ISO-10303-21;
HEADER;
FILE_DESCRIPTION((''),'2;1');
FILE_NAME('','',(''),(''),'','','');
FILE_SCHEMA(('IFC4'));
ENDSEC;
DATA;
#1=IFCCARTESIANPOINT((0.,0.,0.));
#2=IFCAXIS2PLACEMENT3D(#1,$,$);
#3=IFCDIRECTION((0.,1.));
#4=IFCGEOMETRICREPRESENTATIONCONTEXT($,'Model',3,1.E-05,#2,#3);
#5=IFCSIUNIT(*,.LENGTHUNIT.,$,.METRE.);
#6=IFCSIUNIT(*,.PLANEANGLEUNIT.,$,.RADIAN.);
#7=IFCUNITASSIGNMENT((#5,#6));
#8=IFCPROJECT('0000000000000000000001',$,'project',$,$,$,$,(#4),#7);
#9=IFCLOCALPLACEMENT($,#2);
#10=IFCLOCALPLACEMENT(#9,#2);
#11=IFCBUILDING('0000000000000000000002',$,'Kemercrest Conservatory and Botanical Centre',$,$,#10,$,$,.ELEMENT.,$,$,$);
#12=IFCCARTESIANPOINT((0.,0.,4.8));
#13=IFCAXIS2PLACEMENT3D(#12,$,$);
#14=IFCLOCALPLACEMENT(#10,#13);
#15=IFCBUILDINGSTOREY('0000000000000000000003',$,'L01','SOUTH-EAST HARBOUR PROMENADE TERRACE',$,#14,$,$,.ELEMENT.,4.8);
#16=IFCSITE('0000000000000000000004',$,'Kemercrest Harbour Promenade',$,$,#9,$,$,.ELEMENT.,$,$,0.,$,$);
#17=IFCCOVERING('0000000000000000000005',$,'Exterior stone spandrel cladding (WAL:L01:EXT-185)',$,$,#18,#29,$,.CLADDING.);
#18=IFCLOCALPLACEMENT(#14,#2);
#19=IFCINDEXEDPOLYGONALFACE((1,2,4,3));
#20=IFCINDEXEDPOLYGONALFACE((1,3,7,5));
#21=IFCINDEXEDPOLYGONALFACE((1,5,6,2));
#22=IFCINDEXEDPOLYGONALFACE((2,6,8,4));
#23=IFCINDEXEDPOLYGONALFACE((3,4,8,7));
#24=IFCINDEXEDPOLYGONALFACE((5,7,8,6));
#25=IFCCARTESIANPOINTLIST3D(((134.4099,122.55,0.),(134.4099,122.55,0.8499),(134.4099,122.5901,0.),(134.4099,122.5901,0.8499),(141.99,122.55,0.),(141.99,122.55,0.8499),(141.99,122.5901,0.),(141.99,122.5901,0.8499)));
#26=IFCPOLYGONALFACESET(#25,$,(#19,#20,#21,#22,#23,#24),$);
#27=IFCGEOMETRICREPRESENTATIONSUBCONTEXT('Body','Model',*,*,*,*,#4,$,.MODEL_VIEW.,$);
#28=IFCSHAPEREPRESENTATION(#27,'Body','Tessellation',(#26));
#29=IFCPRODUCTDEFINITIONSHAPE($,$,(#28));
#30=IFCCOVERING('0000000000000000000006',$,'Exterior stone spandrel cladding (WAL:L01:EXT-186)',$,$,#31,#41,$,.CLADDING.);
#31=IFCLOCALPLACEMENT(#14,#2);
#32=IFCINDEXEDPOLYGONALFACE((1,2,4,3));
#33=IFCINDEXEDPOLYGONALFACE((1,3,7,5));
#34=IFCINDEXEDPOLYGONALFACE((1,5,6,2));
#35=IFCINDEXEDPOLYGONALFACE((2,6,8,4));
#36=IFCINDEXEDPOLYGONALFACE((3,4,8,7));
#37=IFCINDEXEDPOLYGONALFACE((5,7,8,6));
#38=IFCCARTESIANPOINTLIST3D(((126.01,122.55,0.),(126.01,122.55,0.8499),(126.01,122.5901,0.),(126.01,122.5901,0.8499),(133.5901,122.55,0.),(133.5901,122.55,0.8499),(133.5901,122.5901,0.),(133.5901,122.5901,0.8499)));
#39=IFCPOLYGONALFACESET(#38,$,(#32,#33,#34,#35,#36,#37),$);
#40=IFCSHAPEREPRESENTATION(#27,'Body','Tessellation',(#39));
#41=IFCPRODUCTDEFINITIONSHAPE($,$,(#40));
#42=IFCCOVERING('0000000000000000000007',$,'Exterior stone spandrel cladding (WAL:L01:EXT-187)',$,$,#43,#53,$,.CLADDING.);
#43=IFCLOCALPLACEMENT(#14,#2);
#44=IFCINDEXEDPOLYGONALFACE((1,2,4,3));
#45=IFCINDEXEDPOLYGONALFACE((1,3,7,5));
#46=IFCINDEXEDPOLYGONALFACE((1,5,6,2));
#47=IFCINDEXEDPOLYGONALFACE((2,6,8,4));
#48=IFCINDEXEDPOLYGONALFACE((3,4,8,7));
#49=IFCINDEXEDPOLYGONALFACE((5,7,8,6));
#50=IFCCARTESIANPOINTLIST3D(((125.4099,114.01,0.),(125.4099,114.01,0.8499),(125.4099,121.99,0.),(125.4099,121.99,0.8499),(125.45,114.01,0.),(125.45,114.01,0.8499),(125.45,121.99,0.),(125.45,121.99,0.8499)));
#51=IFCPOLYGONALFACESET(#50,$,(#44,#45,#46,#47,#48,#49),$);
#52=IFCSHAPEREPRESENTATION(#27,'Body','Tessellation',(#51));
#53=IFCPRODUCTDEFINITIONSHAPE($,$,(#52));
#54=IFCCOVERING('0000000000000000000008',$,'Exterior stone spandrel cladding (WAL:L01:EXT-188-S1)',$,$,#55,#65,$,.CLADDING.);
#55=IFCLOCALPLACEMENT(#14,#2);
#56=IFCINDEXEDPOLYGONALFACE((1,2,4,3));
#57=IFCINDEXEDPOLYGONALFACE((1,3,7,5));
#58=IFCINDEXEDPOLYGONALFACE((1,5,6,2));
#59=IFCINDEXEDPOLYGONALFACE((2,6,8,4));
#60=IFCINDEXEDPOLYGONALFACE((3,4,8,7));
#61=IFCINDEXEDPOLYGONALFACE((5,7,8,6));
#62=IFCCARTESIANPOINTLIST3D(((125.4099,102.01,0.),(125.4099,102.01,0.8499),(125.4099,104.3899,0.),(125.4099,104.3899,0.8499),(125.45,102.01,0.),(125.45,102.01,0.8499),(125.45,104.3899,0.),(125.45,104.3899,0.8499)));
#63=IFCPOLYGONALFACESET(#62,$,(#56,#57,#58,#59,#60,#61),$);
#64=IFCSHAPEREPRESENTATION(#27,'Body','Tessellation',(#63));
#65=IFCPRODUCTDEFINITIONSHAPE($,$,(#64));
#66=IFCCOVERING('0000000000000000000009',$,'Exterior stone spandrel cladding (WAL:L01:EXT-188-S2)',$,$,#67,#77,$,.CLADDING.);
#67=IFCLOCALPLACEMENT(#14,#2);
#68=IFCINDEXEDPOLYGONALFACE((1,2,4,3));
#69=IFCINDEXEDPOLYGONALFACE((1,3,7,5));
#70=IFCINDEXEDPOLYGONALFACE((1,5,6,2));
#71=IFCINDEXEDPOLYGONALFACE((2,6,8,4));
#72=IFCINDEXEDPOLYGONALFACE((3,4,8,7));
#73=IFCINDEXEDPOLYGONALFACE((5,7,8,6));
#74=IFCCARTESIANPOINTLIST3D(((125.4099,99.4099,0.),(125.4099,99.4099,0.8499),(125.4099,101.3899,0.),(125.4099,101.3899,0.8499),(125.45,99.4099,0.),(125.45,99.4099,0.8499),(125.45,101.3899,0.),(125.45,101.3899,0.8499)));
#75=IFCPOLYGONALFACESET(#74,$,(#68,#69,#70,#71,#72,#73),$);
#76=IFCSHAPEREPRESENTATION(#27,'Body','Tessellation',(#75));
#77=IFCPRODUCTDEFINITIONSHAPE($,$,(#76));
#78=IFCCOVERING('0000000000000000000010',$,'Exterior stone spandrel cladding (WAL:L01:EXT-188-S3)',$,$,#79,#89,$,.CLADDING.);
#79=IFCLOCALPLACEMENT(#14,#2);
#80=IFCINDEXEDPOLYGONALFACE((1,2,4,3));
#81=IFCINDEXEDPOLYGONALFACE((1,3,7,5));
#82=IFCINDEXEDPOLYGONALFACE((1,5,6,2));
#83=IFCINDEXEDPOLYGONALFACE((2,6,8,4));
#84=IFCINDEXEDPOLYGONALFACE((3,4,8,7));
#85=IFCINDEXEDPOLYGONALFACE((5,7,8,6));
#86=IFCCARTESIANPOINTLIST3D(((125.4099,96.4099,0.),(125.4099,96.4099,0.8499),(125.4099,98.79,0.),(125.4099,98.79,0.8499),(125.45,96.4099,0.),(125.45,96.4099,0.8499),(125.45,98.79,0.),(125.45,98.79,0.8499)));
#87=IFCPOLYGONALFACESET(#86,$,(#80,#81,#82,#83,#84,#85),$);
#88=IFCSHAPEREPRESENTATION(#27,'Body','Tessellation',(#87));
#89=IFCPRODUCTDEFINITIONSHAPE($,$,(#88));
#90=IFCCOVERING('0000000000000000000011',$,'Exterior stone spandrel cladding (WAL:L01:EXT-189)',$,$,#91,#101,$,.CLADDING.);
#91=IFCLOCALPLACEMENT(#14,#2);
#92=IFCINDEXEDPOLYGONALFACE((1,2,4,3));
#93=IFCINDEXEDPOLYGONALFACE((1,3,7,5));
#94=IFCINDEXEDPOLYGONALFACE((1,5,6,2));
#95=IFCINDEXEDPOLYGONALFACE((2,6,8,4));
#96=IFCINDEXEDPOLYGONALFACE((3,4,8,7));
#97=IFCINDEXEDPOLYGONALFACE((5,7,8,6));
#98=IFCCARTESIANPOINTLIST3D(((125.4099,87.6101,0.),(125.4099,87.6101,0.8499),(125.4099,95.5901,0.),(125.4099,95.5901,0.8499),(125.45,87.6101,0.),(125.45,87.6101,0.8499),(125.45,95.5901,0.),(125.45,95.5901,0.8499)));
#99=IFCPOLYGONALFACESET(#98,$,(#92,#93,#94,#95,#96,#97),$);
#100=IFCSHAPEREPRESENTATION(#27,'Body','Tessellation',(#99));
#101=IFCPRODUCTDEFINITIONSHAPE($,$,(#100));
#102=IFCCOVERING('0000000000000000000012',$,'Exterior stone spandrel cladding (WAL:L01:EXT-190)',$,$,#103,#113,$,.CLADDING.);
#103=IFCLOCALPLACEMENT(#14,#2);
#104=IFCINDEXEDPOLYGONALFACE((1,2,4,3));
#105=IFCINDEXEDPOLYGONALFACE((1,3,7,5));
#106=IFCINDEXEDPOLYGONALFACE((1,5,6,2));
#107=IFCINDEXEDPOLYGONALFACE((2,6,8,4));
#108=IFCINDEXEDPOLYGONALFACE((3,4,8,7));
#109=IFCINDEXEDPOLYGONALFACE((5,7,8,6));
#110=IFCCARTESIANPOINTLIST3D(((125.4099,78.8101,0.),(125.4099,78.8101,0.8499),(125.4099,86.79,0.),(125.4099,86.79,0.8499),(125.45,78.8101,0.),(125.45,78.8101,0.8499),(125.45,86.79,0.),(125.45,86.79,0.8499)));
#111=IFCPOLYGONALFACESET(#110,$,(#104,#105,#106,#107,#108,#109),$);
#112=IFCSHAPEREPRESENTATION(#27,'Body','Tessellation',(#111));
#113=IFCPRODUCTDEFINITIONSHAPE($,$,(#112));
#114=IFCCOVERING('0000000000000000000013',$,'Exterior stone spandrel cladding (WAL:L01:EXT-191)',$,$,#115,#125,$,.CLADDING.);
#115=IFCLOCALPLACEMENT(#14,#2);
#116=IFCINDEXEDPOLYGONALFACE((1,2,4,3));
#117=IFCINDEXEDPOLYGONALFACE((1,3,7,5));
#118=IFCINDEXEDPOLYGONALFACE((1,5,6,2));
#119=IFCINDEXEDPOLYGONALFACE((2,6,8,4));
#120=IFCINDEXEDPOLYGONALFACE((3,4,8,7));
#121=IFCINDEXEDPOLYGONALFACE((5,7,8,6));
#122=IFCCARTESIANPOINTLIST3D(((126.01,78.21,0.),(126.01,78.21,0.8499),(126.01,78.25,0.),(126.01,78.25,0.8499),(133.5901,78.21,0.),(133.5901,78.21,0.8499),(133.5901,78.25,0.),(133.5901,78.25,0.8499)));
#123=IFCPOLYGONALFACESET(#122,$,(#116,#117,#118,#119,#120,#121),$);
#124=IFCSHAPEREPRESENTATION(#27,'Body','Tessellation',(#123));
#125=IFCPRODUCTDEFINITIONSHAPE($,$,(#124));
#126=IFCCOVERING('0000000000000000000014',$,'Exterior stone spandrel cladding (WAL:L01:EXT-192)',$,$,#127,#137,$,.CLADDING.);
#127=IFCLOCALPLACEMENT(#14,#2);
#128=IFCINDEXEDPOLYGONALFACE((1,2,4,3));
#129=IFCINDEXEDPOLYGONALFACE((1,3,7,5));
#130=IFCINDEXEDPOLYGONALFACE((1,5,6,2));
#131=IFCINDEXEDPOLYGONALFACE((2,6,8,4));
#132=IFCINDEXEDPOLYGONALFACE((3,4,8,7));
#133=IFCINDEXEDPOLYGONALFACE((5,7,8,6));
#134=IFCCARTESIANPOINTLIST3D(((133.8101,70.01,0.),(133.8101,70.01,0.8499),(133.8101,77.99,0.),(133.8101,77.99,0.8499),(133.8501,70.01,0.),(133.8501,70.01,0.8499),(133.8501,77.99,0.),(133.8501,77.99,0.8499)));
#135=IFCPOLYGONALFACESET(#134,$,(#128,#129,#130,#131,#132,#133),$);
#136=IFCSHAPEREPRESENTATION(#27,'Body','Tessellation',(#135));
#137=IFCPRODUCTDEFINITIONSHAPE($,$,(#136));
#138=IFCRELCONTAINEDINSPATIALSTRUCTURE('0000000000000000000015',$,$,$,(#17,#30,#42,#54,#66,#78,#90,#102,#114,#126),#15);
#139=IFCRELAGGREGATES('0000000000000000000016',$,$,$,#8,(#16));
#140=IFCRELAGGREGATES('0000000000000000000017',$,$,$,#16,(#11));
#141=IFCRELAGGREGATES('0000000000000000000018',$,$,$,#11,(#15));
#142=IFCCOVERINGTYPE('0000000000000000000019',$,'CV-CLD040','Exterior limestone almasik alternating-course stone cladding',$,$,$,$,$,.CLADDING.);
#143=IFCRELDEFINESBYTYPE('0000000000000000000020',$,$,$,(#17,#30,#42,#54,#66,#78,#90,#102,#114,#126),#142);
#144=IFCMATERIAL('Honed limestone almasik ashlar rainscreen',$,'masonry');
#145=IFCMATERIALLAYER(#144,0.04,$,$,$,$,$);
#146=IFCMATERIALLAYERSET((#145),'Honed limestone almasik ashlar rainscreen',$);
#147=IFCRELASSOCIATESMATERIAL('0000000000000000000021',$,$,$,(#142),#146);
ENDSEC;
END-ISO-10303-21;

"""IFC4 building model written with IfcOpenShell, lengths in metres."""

from ifc_helpers import new_model, si_unit, direction, frame, origin, place, context, subcontext, project, spatial, polyline, outline, extrude, material, layer, layer_set, type_object, element, save


model = new_model("IFC4")

# Units and contexts
model_context = context("Model", 3, precision=1e-05, world=origin(), true_north=direction((0.0, 1.0)))
body_context = subcontext(model_context, "Body", "Model", "MODEL_VIEW")
ifc_project = project(units=[si_unit("LENGTHUNIT", "METRE"), si_unit("PLANEANGLEUNIT", "RADIAN")], contexts=[model_context])

# Site, building, storey
site_placement = place(None, origin())
site = spatial("IfcSite", under=ifc_project, at=site_placement, Name="Kemercrest Harbour Promenade", CompositionType="ELEMENT", RefElevation=0.0)
building_placement = place(site_placement, origin())
building = spatial("IfcBuilding", under=site, at=building_placement, Name="Kemercrest Conservatory and Botanical Centre", CompositionType="ELEMENT")
storey_placement = place(building_placement, frame((0.0, 0.0, 4.8)))
storey = spatial("IfcBuildingStorey", under=building, at=storey_placement, Name="L01", Description="SOUTH-EAST HARBOUR PROMENADE TERRACE", CompositionType="ELEMENT", Elevation=4.8)

# Coverings
ifc_material_1 = material(Name="Honed limestone almasik ashlar rainscreen", Category="masonry")
ifc_layer_1 = layer(ifc_material_1, 0.04)
ifc_layer_set_1 = layer_set([ifc_layer_1], Name="Honed limestone almasik ashlar rainscreen")
covering_type_1 = type_object("IfcCoveringType", Name="CV-CLD040", Description="Exterior limestone almasik alternating-course stone cladding", PredefinedType="CLADDING", material=ifc_layer_set_1)
covering_1_placement = place(storey_placement, origin())
element("IfcCovering", 1, at=covering_1_placement, inside=storey, type_object=covering_type_1, Name="Exterior stone spandrel cladding (WAL:L01:EXT-185)", PredefinedType="CLADDING", context=body_context, shape_type="SweptSolid", body=[
    extrude(outline(polyline([(141.99, 122.55), (141.99, 122.5901), (134.4099, 122.5901), (134.4099, 122.55), (141.99, 122.55)])), origin(), (0.0, 0.0, 1.0), 0.8499),
])
covering_2_placement = place(storey_placement, origin())
element("IfcCovering", 2, at=covering_2_placement, inside=storey, type_object=covering_type_1, Name="Exterior stone spandrel cladding (WAL:L01:EXT-186)", PredefinedType="CLADDING", context=body_context, shape_type="SweptSolid", body=[
    extrude(outline(polyline([(133.5901, 122.55), (133.5901, 122.5901), (126.01, 122.5901), (126.01, 122.55), (133.5901, 122.55)])), origin(), (0.0, 0.0, 1.0), 0.8499),
])
covering_3_placement = place(storey_placement, origin())
element("IfcCovering", 3, at=covering_3_placement, inside=storey, type_object=covering_type_1, Name="Exterior stone spandrel cladding (WAL:L01:EXT-187)", PredefinedType="CLADDING", context=body_context, shape_type="SweptSolid", body=[
    extrude(outline(polyline([(125.45, 121.99), (125.4099, 121.99), (125.4099, 114.01), (125.45, 114.01), (125.45, 121.99)])), origin(), (0.0, 0.0, 1.0), 0.8499),
])
covering_4_placement = place(storey_placement, origin())
element("IfcCovering", 4, at=covering_4_placement, inside=storey, type_object=covering_type_1, Name="Exterior stone spandrel cladding (WAL:L01:EXT-188-S1)", PredefinedType="CLADDING", context=body_context, shape_type="SweptSolid", body=[
    extrude(outline(polyline([(125.45, 104.3899), (125.4099, 104.3899), (125.4099, 102.01), (125.45, 102.01), (125.45, 104.3899)])), origin(), (0.0, 0.0, 1.0), 0.8499),
])
covering_5_placement = place(storey_placement, origin())
element("IfcCovering", 5, at=covering_5_placement, inside=storey, type_object=covering_type_1, Name="Exterior stone spandrel cladding (WAL:L01:EXT-188-S2)", PredefinedType="CLADDING", context=body_context, shape_type="SweptSolid", body=[
    extrude(outline(polyline([(125.45, 101.3899), (125.4099, 101.3899), (125.4099, 99.4099), (125.45, 99.4099), (125.45, 101.3899)])), origin(), (0.0, 0.0, 1.0), 0.8499),
])
covering_6_placement = place(storey_placement, origin())
element("IfcCovering", 6, at=covering_6_placement, inside=storey, type_object=covering_type_1, Name="Exterior stone spandrel cladding (WAL:L01:EXT-188-S3)", PredefinedType="CLADDING", context=body_context, shape_type="SweptSolid", body=[
    extrude(outline(polyline([(125.45, 98.79), (125.4099, 98.79), (125.4099, 96.4099), (125.45, 96.4099), (125.45, 98.79)])), origin(), (0.0, 0.0, 1.0), 0.8499),
])
covering_7_placement = place(storey_placement, origin())
element("IfcCovering", 7, at=covering_7_placement, inside=storey, type_object=covering_type_1, Name="Exterior stone spandrel cladding (WAL:L01:EXT-189)", PredefinedType="CLADDING", context=body_context, shape_type="SweptSolid", body=[
    extrude(outline(polyline([(125.45, 95.5901), (125.4099, 95.5901), (125.4099, 87.6101), (125.45, 87.6101), (125.45, 95.5901)])), origin(), (0.0, 0.0, 1.0), 0.8499),
])
covering_8_placement = place(storey_placement, origin())
element("IfcCovering", 8, at=covering_8_placement, inside=storey, type_object=covering_type_1, Name="Exterior stone spandrel cladding (WAL:L01:EXT-190)", PredefinedType="CLADDING", context=body_context, shape_type="SweptSolid", body=[
    extrude(outline(polyline([(125.45, 86.79), (125.4099, 86.79), (125.4099, 78.8101), (125.45, 78.8101), (125.45, 86.79)])), origin(), (0.0, 0.0, 1.0), 0.8499),
])
covering_9_placement = place(storey_placement, origin())
element("IfcCovering", 9, at=covering_9_placement, inside=storey, type_object=covering_type_1, Name="Exterior stone spandrel cladding (WAL:L01:EXT-191)", PredefinedType="CLADDING", context=body_context, shape_type="SweptSolid", body=[
    extrude(outline(polyline([(126.01, 78.25), (126.01, 78.21), (133.5901, 78.21), (133.5901, 78.25), (126.01, 78.25)])), origin(), (0.0, 0.0, 1.0), 0.8499),
])
covering_10_placement = place(storey_placement, origin())
element("IfcCovering", 10, at=covering_10_placement, inside=storey, type_object=covering_type_1, Name="Exterior stone spandrel cladding (WAL:L01:EXT-192)", PredefinedType="CLADDING", context=body_context, shape_type="SweptSolid", body=[
    extrude(outline(polyline([(133.8501, 77.99), (133.8101, 77.99), (133.8101, 70.01), (133.8501, 70.01), (133.8501, 77.99)])), origin(), (0.0, 0.0, 1.0), 0.8499),
])

save(model, "model.ifc")
